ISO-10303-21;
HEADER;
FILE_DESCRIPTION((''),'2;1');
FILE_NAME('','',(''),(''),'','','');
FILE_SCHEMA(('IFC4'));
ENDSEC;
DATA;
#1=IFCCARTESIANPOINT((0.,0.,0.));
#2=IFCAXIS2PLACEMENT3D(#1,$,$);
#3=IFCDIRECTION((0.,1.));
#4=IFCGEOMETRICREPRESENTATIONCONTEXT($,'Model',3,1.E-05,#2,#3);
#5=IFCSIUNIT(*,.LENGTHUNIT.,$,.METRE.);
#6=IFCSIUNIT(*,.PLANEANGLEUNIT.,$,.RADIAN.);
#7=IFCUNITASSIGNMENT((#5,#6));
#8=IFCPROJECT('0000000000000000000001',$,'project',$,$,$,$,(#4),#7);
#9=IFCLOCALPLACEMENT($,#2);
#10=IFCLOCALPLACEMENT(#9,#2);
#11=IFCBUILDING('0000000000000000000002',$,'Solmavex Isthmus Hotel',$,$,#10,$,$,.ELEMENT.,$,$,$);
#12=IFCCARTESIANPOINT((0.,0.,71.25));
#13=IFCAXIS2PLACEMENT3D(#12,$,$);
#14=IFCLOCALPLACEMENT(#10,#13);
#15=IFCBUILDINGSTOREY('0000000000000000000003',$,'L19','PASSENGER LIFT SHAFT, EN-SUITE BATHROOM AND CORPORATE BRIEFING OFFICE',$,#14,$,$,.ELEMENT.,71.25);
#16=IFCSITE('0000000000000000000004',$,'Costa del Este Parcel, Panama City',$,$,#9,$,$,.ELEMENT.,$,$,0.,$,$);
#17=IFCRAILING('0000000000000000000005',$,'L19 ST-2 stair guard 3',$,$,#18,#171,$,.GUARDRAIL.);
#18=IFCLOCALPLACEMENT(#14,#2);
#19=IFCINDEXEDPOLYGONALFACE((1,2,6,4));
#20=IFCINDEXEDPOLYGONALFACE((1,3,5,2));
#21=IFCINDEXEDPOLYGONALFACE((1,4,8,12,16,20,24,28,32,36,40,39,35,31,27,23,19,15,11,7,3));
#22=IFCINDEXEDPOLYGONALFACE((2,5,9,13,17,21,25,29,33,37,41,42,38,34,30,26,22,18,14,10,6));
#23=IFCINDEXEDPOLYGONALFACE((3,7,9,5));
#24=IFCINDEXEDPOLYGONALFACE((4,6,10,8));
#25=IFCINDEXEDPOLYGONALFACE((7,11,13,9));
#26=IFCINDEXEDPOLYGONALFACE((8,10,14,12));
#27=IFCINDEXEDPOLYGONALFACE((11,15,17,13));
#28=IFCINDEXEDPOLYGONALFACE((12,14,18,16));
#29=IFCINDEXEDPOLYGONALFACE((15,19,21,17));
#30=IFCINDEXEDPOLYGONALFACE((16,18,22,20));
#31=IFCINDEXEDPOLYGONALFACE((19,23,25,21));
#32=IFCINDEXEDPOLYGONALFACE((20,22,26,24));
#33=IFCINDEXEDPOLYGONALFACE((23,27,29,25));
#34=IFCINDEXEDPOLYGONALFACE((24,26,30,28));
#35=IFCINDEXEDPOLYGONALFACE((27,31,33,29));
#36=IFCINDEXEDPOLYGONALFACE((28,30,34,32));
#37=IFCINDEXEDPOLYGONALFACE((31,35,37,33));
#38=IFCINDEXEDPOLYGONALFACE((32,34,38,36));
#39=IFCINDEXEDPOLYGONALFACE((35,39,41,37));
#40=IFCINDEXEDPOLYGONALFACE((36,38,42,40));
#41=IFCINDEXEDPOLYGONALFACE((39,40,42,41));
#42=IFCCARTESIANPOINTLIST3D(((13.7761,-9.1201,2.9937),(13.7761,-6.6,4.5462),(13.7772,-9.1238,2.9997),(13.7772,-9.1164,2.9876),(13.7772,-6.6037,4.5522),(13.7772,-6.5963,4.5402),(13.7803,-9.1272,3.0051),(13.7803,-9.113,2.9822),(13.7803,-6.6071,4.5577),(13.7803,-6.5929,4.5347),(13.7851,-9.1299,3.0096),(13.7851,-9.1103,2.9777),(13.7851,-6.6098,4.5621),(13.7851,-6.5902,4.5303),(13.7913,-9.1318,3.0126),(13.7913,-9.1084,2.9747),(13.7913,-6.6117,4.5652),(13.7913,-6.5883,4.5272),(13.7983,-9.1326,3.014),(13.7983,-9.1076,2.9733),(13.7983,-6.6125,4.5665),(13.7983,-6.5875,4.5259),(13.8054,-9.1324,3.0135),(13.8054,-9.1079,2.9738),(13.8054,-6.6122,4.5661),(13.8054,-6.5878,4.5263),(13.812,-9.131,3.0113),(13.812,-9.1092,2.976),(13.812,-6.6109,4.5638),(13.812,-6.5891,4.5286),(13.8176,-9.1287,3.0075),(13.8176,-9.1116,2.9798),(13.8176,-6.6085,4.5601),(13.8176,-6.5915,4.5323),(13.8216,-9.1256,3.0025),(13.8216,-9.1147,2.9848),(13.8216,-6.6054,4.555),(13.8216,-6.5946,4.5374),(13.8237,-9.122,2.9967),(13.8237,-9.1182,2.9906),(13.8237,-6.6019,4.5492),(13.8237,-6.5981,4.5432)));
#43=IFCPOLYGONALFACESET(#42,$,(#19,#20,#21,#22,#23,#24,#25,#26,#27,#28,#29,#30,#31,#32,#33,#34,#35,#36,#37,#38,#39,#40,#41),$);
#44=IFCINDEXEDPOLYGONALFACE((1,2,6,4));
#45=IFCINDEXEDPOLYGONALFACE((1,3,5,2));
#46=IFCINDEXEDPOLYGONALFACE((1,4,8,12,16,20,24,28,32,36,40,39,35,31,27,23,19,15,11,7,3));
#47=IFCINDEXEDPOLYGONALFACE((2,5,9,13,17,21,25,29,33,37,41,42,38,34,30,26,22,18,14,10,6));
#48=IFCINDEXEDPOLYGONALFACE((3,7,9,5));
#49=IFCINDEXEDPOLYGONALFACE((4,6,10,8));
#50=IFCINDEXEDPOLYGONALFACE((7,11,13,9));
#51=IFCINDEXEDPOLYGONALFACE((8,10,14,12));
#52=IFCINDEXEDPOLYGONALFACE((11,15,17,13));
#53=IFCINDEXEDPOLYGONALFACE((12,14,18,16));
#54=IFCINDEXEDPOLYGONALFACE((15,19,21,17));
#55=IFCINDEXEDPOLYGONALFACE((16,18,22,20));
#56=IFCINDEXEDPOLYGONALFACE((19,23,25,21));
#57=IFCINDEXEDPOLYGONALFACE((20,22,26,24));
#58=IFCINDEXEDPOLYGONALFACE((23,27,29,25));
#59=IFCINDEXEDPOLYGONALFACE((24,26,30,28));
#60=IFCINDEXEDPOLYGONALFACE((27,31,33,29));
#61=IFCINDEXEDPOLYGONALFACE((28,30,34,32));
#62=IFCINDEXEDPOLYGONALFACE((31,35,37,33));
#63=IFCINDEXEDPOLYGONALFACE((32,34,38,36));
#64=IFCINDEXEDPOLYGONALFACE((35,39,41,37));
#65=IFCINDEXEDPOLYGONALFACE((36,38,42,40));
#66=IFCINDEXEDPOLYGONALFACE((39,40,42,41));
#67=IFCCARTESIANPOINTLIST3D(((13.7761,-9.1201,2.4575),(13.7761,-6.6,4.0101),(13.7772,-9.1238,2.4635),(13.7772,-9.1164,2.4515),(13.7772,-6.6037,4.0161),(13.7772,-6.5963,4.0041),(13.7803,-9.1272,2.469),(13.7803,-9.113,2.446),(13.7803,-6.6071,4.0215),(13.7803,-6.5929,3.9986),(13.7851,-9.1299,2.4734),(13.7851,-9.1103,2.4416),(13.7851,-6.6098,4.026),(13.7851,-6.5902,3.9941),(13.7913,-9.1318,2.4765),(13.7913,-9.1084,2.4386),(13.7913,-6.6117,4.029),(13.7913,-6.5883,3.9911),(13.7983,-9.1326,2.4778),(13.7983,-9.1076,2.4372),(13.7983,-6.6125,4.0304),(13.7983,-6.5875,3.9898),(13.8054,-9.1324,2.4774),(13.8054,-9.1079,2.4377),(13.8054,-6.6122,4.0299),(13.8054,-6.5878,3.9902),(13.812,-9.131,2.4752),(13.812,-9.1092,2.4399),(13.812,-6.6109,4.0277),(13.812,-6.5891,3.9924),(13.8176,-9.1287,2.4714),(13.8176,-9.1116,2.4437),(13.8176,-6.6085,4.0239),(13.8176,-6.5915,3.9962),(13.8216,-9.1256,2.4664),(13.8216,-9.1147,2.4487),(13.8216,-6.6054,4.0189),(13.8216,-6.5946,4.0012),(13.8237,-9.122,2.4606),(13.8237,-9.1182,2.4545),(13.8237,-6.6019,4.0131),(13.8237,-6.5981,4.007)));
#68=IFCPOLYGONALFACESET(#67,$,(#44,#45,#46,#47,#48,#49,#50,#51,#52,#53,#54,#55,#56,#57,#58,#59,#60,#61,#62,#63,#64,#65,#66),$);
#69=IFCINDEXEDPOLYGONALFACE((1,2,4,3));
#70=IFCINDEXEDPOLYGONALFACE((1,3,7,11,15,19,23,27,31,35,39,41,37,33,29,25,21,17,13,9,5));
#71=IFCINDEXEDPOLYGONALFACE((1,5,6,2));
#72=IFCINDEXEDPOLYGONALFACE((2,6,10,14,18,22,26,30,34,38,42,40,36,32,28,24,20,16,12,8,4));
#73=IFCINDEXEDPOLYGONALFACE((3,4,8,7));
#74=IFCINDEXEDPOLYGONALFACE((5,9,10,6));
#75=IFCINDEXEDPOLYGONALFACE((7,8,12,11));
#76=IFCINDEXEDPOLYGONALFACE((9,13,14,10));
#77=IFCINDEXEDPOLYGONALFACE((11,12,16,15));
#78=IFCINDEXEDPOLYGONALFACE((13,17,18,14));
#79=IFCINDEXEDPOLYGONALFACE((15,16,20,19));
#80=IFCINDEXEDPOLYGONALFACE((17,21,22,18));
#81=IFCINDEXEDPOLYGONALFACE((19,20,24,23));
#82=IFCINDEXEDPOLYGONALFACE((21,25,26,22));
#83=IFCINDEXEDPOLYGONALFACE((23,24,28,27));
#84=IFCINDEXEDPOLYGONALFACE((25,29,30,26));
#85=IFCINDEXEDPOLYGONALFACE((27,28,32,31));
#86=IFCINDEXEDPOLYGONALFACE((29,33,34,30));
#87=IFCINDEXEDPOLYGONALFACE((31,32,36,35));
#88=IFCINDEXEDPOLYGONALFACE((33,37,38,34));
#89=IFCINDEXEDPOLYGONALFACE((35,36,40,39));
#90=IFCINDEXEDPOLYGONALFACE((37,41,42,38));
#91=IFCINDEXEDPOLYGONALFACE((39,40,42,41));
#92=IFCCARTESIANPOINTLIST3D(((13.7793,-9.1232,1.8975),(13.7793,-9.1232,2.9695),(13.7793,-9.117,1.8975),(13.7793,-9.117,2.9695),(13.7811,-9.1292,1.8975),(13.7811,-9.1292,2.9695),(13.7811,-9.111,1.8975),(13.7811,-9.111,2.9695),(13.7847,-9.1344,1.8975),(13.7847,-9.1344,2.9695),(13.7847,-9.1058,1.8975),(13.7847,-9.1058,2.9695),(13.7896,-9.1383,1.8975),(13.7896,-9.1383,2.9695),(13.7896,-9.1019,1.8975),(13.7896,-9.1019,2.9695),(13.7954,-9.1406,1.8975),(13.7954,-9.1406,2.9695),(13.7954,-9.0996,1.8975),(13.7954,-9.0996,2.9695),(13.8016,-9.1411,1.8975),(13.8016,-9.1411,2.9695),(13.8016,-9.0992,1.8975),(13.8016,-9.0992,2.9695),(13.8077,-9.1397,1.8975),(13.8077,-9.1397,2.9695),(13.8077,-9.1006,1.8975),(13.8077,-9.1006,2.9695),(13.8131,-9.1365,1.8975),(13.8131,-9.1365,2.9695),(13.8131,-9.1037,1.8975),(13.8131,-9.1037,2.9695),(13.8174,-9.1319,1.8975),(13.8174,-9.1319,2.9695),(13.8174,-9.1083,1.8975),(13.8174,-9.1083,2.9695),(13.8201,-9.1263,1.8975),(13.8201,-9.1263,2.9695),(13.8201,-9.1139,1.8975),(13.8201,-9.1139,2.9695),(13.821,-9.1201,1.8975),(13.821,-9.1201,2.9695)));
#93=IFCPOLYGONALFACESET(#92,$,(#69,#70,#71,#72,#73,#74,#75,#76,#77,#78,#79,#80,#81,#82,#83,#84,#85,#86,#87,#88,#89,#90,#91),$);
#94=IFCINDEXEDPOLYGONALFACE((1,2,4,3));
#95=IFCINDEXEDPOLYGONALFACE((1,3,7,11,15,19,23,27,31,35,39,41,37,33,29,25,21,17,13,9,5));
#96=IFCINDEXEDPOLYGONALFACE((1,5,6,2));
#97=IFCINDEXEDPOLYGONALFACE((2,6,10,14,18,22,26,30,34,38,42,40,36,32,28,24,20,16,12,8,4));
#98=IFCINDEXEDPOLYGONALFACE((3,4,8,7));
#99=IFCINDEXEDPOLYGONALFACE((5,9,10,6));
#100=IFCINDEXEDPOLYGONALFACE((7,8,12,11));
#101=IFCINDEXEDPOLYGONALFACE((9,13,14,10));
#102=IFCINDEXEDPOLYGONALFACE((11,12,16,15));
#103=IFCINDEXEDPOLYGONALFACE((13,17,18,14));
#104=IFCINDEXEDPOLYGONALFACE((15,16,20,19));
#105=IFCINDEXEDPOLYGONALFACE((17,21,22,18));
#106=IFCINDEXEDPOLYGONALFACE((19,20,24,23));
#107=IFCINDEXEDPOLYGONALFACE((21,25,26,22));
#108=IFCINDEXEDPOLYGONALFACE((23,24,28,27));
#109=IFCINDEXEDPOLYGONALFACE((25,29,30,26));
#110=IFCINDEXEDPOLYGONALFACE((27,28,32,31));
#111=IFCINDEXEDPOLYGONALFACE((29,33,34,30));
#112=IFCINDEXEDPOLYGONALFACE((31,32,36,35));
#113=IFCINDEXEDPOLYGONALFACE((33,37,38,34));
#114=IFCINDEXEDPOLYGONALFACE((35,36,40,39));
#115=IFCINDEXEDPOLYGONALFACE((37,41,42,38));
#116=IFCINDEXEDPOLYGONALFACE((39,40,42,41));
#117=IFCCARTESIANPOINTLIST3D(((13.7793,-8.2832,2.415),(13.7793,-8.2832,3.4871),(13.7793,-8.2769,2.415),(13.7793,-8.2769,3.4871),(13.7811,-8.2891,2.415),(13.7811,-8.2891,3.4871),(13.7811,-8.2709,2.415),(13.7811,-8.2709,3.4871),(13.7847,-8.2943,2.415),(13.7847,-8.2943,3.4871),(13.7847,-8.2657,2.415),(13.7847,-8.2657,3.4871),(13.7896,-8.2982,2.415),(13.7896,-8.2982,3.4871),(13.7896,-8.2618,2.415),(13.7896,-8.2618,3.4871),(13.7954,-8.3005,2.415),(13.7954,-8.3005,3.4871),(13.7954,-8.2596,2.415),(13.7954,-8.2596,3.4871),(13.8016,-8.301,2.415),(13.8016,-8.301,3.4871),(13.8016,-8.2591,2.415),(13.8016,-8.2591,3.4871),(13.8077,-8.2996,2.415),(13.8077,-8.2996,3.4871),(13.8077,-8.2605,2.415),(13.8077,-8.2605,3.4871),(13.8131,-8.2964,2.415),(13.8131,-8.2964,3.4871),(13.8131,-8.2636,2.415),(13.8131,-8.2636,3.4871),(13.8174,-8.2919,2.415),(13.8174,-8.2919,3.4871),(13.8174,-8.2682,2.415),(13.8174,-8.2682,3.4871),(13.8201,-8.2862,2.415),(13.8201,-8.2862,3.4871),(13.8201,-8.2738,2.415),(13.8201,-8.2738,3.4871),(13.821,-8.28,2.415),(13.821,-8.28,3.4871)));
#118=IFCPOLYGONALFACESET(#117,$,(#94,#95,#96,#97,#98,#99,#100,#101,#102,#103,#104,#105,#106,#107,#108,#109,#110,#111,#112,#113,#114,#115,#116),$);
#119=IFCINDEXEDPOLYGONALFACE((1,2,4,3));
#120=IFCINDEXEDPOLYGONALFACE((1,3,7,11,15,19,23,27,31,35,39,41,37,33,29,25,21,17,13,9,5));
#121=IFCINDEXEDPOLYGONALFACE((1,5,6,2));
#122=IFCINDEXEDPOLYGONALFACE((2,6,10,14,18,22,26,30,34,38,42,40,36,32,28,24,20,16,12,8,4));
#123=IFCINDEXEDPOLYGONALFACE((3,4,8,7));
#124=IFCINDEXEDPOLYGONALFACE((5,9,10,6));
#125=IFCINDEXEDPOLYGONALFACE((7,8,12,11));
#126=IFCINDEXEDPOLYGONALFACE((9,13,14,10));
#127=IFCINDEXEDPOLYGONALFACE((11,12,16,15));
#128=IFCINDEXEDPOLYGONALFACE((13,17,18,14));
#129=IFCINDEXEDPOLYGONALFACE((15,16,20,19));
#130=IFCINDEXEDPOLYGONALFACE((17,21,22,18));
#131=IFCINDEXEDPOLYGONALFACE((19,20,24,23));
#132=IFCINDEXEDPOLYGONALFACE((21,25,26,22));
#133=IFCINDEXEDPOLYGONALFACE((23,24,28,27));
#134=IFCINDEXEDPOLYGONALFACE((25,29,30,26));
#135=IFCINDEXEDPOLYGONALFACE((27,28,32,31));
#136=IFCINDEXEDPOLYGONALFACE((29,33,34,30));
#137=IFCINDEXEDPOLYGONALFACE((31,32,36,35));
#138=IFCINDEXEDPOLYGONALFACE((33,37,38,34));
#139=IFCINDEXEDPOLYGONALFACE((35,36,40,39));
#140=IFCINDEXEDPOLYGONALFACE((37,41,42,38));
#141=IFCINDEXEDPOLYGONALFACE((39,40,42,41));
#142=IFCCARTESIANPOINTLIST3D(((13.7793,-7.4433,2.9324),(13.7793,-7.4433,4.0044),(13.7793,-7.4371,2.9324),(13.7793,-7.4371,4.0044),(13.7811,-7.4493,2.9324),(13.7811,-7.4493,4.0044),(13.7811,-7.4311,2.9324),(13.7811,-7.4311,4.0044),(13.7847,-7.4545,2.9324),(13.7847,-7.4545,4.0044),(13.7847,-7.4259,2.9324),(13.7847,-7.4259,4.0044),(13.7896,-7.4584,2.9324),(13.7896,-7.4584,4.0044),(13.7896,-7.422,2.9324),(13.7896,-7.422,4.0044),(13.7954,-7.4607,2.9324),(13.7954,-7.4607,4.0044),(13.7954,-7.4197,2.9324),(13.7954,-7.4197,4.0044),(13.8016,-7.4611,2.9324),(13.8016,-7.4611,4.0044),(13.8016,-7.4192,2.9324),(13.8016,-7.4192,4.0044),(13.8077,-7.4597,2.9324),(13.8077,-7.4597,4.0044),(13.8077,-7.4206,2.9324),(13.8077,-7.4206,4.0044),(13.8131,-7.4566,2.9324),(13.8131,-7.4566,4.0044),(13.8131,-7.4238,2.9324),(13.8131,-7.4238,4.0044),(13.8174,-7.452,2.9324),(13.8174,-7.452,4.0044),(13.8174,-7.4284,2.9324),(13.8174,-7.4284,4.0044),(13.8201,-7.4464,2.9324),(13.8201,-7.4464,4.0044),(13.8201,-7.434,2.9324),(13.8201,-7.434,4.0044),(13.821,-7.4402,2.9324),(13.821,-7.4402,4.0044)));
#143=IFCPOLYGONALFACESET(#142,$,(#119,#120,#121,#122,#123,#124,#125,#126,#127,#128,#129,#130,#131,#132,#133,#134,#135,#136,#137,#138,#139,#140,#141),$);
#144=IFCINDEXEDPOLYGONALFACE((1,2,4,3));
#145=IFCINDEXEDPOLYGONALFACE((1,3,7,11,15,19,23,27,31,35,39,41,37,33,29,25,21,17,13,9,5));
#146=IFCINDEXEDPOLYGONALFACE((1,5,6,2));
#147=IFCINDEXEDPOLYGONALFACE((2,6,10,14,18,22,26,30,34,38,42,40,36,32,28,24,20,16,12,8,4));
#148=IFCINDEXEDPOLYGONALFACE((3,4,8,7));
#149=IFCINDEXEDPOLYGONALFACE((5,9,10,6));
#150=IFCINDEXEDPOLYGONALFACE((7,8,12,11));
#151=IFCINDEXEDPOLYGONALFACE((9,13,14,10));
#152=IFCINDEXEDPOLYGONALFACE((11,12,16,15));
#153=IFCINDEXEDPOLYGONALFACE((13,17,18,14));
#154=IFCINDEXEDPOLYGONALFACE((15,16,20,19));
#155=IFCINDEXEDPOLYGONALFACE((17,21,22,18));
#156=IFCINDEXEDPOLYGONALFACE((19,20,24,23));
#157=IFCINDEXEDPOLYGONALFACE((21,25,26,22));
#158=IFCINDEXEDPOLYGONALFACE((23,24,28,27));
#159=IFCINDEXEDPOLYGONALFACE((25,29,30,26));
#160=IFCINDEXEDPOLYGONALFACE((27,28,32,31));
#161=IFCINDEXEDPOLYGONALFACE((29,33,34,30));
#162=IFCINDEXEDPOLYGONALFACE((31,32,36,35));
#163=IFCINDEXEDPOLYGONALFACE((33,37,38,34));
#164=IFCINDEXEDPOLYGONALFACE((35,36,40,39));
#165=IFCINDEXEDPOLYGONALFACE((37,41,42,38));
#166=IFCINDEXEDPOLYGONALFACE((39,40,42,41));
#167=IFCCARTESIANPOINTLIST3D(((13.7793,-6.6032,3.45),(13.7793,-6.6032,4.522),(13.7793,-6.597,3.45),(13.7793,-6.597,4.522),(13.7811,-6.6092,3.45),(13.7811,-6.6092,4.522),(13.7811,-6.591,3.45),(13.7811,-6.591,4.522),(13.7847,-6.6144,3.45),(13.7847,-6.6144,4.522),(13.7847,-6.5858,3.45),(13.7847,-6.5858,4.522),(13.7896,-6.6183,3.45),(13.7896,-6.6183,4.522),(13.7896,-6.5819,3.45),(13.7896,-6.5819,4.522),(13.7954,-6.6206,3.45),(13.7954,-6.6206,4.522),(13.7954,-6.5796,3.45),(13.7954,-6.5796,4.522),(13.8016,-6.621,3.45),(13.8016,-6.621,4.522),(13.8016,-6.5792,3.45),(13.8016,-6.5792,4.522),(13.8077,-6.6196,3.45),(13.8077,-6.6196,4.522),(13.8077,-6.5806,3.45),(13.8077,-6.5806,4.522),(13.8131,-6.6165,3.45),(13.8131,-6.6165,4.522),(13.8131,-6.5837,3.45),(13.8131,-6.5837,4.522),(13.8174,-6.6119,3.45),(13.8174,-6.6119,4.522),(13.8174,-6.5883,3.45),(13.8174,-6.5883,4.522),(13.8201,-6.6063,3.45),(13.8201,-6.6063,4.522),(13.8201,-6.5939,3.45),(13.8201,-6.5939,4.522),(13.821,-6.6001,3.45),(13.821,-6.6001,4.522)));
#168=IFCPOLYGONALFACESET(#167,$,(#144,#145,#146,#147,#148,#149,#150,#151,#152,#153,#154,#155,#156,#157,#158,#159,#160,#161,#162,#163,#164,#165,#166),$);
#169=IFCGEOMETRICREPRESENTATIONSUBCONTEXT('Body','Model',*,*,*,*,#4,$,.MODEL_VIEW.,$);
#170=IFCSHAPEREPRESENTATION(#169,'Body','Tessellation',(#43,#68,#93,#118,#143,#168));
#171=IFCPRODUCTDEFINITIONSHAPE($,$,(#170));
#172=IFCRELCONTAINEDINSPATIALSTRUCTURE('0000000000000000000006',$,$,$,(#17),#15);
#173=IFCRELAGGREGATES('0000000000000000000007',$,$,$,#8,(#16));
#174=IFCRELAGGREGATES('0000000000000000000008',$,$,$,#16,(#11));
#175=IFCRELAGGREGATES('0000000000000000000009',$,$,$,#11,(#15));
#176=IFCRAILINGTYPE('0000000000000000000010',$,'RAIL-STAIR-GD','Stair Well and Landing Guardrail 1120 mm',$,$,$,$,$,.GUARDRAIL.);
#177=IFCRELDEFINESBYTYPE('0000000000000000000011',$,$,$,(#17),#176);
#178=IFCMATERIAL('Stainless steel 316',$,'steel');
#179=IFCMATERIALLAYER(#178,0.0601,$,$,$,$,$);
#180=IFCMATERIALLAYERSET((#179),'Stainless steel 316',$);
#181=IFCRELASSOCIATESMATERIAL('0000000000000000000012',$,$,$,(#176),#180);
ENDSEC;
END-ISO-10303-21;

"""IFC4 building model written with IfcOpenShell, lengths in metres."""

from ifc_helpers import new_model, si_unit, direction, frame, origin, origin_2d, place, context, subcontext, project, spatial, circle, extrude, material, layer, layer_set, type_object, element, save


model = new_model("IFC4")

# Units and contexts
model_context = context("Model", 3, precision=1e-05, world=origin(), true_north=direction((0.0, 1.0)))
body_context = subcontext(model_context, "Body", "Model", "MODEL_VIEW")
ifc_project = project(units=[si_unit("LENGTHUNIT", "METRE"), si_unit("PLANEANGLEUNIT", "RADIAN")], contexts=[model_context])

# Site, building, storey
site_placement = place(None, origin())
site = spatial("IfcSite", under=ifc_project, at=site_placement, Name="Costa del Este Parcel, Panama City", CompositionType="ELEMENT", RefElevation=0.0)
building_placement = place(site_placement, origin())
building = spatial("IfcBuilding", under=site, at=building_placement, Name="Solmavex Isthmus Hotel", CompositionType="ELEMENT")
storey_placement = place(building_placement, frame((0.0, 0.0, 71.25)))
storey = spatial("IfcBuildingStorey", under=building, at=storey_placement, Name="L19", Description="PASSENGER LIFT SHAFT, EN-SUITE BATHROOM AND CORPORATE BRIEFING OFFICE", CompositionType="ELEMENT", Elevation=71.25)

# Railing
ifc_material_1 = material(Name="Stainless steel 316", Category="steel")
ifc_layer_1 = layer(ifc_material_1, 0.0601)
ifc_layer_set_1 = layer_set([ifc_layer_1], Name="Stainless steel 316")
railing_type_1 = type_object("IfcRailingType", Name="RAIL-STAIR-GD", Description="Stair Well and Landing Guardrail 1120 mm", PredefinedType="GUARDRAIL", material=ifc_layer_set_1)
railing_1_placement = place(storey_placement, frame((13.8, -9.1201, 1.8975)))
element("IfcRailing", 1, at=railing_1_placement, inside=storey, type_object=railing_type_1, Name="L19 ST-2 stair guard 3", PredefinedType="GUARDRAIL", context=body_context, shape_type="SweptSolid", body=[
    extrude(circle(Radius=0.0239, at=origin_2d()), frame((0.0, 0.0, 1.0962), z_axis=(0.0, 0.8514, 0.524516), x_axis=(-1.0, 0.0, 0.0)), (0.0, 0.0, 1.0), 2.96),
    extrude(circle(Radius=0.0239, at=origin_2d()), frame((0.0, 0.0, 0.5601), z_axis=(0.0, 0.8514, 0.524516), x_axis=(-1.0, 0.0, 0.0)), (0.0, 0.0, 1.0), 2.96),
    extrude(circle(Radius=0.021, at=origin_2d()), origin(), (0.0, 0.0, 1.0), 1.072),
    extrude(circle(Radius=0.021, at=origin_2d()), frame((0.0, 0.8401, 0.5176)), (0.0, 0.0, 1.0), 1.072),
    extrude(circle(Radius=0.021, at=origin_2d()), frame((0.0, 1.6799, 1.0349)), (0.0, 0.0, 1.0), 1.072),
    extrude(circle(Radius=0.021, at=origin_2d()), frame((0.0, 2.52, 1.5525)), (0.0, 0.0, 1.0), 1.072),
])

save(model, "model.ifc")
